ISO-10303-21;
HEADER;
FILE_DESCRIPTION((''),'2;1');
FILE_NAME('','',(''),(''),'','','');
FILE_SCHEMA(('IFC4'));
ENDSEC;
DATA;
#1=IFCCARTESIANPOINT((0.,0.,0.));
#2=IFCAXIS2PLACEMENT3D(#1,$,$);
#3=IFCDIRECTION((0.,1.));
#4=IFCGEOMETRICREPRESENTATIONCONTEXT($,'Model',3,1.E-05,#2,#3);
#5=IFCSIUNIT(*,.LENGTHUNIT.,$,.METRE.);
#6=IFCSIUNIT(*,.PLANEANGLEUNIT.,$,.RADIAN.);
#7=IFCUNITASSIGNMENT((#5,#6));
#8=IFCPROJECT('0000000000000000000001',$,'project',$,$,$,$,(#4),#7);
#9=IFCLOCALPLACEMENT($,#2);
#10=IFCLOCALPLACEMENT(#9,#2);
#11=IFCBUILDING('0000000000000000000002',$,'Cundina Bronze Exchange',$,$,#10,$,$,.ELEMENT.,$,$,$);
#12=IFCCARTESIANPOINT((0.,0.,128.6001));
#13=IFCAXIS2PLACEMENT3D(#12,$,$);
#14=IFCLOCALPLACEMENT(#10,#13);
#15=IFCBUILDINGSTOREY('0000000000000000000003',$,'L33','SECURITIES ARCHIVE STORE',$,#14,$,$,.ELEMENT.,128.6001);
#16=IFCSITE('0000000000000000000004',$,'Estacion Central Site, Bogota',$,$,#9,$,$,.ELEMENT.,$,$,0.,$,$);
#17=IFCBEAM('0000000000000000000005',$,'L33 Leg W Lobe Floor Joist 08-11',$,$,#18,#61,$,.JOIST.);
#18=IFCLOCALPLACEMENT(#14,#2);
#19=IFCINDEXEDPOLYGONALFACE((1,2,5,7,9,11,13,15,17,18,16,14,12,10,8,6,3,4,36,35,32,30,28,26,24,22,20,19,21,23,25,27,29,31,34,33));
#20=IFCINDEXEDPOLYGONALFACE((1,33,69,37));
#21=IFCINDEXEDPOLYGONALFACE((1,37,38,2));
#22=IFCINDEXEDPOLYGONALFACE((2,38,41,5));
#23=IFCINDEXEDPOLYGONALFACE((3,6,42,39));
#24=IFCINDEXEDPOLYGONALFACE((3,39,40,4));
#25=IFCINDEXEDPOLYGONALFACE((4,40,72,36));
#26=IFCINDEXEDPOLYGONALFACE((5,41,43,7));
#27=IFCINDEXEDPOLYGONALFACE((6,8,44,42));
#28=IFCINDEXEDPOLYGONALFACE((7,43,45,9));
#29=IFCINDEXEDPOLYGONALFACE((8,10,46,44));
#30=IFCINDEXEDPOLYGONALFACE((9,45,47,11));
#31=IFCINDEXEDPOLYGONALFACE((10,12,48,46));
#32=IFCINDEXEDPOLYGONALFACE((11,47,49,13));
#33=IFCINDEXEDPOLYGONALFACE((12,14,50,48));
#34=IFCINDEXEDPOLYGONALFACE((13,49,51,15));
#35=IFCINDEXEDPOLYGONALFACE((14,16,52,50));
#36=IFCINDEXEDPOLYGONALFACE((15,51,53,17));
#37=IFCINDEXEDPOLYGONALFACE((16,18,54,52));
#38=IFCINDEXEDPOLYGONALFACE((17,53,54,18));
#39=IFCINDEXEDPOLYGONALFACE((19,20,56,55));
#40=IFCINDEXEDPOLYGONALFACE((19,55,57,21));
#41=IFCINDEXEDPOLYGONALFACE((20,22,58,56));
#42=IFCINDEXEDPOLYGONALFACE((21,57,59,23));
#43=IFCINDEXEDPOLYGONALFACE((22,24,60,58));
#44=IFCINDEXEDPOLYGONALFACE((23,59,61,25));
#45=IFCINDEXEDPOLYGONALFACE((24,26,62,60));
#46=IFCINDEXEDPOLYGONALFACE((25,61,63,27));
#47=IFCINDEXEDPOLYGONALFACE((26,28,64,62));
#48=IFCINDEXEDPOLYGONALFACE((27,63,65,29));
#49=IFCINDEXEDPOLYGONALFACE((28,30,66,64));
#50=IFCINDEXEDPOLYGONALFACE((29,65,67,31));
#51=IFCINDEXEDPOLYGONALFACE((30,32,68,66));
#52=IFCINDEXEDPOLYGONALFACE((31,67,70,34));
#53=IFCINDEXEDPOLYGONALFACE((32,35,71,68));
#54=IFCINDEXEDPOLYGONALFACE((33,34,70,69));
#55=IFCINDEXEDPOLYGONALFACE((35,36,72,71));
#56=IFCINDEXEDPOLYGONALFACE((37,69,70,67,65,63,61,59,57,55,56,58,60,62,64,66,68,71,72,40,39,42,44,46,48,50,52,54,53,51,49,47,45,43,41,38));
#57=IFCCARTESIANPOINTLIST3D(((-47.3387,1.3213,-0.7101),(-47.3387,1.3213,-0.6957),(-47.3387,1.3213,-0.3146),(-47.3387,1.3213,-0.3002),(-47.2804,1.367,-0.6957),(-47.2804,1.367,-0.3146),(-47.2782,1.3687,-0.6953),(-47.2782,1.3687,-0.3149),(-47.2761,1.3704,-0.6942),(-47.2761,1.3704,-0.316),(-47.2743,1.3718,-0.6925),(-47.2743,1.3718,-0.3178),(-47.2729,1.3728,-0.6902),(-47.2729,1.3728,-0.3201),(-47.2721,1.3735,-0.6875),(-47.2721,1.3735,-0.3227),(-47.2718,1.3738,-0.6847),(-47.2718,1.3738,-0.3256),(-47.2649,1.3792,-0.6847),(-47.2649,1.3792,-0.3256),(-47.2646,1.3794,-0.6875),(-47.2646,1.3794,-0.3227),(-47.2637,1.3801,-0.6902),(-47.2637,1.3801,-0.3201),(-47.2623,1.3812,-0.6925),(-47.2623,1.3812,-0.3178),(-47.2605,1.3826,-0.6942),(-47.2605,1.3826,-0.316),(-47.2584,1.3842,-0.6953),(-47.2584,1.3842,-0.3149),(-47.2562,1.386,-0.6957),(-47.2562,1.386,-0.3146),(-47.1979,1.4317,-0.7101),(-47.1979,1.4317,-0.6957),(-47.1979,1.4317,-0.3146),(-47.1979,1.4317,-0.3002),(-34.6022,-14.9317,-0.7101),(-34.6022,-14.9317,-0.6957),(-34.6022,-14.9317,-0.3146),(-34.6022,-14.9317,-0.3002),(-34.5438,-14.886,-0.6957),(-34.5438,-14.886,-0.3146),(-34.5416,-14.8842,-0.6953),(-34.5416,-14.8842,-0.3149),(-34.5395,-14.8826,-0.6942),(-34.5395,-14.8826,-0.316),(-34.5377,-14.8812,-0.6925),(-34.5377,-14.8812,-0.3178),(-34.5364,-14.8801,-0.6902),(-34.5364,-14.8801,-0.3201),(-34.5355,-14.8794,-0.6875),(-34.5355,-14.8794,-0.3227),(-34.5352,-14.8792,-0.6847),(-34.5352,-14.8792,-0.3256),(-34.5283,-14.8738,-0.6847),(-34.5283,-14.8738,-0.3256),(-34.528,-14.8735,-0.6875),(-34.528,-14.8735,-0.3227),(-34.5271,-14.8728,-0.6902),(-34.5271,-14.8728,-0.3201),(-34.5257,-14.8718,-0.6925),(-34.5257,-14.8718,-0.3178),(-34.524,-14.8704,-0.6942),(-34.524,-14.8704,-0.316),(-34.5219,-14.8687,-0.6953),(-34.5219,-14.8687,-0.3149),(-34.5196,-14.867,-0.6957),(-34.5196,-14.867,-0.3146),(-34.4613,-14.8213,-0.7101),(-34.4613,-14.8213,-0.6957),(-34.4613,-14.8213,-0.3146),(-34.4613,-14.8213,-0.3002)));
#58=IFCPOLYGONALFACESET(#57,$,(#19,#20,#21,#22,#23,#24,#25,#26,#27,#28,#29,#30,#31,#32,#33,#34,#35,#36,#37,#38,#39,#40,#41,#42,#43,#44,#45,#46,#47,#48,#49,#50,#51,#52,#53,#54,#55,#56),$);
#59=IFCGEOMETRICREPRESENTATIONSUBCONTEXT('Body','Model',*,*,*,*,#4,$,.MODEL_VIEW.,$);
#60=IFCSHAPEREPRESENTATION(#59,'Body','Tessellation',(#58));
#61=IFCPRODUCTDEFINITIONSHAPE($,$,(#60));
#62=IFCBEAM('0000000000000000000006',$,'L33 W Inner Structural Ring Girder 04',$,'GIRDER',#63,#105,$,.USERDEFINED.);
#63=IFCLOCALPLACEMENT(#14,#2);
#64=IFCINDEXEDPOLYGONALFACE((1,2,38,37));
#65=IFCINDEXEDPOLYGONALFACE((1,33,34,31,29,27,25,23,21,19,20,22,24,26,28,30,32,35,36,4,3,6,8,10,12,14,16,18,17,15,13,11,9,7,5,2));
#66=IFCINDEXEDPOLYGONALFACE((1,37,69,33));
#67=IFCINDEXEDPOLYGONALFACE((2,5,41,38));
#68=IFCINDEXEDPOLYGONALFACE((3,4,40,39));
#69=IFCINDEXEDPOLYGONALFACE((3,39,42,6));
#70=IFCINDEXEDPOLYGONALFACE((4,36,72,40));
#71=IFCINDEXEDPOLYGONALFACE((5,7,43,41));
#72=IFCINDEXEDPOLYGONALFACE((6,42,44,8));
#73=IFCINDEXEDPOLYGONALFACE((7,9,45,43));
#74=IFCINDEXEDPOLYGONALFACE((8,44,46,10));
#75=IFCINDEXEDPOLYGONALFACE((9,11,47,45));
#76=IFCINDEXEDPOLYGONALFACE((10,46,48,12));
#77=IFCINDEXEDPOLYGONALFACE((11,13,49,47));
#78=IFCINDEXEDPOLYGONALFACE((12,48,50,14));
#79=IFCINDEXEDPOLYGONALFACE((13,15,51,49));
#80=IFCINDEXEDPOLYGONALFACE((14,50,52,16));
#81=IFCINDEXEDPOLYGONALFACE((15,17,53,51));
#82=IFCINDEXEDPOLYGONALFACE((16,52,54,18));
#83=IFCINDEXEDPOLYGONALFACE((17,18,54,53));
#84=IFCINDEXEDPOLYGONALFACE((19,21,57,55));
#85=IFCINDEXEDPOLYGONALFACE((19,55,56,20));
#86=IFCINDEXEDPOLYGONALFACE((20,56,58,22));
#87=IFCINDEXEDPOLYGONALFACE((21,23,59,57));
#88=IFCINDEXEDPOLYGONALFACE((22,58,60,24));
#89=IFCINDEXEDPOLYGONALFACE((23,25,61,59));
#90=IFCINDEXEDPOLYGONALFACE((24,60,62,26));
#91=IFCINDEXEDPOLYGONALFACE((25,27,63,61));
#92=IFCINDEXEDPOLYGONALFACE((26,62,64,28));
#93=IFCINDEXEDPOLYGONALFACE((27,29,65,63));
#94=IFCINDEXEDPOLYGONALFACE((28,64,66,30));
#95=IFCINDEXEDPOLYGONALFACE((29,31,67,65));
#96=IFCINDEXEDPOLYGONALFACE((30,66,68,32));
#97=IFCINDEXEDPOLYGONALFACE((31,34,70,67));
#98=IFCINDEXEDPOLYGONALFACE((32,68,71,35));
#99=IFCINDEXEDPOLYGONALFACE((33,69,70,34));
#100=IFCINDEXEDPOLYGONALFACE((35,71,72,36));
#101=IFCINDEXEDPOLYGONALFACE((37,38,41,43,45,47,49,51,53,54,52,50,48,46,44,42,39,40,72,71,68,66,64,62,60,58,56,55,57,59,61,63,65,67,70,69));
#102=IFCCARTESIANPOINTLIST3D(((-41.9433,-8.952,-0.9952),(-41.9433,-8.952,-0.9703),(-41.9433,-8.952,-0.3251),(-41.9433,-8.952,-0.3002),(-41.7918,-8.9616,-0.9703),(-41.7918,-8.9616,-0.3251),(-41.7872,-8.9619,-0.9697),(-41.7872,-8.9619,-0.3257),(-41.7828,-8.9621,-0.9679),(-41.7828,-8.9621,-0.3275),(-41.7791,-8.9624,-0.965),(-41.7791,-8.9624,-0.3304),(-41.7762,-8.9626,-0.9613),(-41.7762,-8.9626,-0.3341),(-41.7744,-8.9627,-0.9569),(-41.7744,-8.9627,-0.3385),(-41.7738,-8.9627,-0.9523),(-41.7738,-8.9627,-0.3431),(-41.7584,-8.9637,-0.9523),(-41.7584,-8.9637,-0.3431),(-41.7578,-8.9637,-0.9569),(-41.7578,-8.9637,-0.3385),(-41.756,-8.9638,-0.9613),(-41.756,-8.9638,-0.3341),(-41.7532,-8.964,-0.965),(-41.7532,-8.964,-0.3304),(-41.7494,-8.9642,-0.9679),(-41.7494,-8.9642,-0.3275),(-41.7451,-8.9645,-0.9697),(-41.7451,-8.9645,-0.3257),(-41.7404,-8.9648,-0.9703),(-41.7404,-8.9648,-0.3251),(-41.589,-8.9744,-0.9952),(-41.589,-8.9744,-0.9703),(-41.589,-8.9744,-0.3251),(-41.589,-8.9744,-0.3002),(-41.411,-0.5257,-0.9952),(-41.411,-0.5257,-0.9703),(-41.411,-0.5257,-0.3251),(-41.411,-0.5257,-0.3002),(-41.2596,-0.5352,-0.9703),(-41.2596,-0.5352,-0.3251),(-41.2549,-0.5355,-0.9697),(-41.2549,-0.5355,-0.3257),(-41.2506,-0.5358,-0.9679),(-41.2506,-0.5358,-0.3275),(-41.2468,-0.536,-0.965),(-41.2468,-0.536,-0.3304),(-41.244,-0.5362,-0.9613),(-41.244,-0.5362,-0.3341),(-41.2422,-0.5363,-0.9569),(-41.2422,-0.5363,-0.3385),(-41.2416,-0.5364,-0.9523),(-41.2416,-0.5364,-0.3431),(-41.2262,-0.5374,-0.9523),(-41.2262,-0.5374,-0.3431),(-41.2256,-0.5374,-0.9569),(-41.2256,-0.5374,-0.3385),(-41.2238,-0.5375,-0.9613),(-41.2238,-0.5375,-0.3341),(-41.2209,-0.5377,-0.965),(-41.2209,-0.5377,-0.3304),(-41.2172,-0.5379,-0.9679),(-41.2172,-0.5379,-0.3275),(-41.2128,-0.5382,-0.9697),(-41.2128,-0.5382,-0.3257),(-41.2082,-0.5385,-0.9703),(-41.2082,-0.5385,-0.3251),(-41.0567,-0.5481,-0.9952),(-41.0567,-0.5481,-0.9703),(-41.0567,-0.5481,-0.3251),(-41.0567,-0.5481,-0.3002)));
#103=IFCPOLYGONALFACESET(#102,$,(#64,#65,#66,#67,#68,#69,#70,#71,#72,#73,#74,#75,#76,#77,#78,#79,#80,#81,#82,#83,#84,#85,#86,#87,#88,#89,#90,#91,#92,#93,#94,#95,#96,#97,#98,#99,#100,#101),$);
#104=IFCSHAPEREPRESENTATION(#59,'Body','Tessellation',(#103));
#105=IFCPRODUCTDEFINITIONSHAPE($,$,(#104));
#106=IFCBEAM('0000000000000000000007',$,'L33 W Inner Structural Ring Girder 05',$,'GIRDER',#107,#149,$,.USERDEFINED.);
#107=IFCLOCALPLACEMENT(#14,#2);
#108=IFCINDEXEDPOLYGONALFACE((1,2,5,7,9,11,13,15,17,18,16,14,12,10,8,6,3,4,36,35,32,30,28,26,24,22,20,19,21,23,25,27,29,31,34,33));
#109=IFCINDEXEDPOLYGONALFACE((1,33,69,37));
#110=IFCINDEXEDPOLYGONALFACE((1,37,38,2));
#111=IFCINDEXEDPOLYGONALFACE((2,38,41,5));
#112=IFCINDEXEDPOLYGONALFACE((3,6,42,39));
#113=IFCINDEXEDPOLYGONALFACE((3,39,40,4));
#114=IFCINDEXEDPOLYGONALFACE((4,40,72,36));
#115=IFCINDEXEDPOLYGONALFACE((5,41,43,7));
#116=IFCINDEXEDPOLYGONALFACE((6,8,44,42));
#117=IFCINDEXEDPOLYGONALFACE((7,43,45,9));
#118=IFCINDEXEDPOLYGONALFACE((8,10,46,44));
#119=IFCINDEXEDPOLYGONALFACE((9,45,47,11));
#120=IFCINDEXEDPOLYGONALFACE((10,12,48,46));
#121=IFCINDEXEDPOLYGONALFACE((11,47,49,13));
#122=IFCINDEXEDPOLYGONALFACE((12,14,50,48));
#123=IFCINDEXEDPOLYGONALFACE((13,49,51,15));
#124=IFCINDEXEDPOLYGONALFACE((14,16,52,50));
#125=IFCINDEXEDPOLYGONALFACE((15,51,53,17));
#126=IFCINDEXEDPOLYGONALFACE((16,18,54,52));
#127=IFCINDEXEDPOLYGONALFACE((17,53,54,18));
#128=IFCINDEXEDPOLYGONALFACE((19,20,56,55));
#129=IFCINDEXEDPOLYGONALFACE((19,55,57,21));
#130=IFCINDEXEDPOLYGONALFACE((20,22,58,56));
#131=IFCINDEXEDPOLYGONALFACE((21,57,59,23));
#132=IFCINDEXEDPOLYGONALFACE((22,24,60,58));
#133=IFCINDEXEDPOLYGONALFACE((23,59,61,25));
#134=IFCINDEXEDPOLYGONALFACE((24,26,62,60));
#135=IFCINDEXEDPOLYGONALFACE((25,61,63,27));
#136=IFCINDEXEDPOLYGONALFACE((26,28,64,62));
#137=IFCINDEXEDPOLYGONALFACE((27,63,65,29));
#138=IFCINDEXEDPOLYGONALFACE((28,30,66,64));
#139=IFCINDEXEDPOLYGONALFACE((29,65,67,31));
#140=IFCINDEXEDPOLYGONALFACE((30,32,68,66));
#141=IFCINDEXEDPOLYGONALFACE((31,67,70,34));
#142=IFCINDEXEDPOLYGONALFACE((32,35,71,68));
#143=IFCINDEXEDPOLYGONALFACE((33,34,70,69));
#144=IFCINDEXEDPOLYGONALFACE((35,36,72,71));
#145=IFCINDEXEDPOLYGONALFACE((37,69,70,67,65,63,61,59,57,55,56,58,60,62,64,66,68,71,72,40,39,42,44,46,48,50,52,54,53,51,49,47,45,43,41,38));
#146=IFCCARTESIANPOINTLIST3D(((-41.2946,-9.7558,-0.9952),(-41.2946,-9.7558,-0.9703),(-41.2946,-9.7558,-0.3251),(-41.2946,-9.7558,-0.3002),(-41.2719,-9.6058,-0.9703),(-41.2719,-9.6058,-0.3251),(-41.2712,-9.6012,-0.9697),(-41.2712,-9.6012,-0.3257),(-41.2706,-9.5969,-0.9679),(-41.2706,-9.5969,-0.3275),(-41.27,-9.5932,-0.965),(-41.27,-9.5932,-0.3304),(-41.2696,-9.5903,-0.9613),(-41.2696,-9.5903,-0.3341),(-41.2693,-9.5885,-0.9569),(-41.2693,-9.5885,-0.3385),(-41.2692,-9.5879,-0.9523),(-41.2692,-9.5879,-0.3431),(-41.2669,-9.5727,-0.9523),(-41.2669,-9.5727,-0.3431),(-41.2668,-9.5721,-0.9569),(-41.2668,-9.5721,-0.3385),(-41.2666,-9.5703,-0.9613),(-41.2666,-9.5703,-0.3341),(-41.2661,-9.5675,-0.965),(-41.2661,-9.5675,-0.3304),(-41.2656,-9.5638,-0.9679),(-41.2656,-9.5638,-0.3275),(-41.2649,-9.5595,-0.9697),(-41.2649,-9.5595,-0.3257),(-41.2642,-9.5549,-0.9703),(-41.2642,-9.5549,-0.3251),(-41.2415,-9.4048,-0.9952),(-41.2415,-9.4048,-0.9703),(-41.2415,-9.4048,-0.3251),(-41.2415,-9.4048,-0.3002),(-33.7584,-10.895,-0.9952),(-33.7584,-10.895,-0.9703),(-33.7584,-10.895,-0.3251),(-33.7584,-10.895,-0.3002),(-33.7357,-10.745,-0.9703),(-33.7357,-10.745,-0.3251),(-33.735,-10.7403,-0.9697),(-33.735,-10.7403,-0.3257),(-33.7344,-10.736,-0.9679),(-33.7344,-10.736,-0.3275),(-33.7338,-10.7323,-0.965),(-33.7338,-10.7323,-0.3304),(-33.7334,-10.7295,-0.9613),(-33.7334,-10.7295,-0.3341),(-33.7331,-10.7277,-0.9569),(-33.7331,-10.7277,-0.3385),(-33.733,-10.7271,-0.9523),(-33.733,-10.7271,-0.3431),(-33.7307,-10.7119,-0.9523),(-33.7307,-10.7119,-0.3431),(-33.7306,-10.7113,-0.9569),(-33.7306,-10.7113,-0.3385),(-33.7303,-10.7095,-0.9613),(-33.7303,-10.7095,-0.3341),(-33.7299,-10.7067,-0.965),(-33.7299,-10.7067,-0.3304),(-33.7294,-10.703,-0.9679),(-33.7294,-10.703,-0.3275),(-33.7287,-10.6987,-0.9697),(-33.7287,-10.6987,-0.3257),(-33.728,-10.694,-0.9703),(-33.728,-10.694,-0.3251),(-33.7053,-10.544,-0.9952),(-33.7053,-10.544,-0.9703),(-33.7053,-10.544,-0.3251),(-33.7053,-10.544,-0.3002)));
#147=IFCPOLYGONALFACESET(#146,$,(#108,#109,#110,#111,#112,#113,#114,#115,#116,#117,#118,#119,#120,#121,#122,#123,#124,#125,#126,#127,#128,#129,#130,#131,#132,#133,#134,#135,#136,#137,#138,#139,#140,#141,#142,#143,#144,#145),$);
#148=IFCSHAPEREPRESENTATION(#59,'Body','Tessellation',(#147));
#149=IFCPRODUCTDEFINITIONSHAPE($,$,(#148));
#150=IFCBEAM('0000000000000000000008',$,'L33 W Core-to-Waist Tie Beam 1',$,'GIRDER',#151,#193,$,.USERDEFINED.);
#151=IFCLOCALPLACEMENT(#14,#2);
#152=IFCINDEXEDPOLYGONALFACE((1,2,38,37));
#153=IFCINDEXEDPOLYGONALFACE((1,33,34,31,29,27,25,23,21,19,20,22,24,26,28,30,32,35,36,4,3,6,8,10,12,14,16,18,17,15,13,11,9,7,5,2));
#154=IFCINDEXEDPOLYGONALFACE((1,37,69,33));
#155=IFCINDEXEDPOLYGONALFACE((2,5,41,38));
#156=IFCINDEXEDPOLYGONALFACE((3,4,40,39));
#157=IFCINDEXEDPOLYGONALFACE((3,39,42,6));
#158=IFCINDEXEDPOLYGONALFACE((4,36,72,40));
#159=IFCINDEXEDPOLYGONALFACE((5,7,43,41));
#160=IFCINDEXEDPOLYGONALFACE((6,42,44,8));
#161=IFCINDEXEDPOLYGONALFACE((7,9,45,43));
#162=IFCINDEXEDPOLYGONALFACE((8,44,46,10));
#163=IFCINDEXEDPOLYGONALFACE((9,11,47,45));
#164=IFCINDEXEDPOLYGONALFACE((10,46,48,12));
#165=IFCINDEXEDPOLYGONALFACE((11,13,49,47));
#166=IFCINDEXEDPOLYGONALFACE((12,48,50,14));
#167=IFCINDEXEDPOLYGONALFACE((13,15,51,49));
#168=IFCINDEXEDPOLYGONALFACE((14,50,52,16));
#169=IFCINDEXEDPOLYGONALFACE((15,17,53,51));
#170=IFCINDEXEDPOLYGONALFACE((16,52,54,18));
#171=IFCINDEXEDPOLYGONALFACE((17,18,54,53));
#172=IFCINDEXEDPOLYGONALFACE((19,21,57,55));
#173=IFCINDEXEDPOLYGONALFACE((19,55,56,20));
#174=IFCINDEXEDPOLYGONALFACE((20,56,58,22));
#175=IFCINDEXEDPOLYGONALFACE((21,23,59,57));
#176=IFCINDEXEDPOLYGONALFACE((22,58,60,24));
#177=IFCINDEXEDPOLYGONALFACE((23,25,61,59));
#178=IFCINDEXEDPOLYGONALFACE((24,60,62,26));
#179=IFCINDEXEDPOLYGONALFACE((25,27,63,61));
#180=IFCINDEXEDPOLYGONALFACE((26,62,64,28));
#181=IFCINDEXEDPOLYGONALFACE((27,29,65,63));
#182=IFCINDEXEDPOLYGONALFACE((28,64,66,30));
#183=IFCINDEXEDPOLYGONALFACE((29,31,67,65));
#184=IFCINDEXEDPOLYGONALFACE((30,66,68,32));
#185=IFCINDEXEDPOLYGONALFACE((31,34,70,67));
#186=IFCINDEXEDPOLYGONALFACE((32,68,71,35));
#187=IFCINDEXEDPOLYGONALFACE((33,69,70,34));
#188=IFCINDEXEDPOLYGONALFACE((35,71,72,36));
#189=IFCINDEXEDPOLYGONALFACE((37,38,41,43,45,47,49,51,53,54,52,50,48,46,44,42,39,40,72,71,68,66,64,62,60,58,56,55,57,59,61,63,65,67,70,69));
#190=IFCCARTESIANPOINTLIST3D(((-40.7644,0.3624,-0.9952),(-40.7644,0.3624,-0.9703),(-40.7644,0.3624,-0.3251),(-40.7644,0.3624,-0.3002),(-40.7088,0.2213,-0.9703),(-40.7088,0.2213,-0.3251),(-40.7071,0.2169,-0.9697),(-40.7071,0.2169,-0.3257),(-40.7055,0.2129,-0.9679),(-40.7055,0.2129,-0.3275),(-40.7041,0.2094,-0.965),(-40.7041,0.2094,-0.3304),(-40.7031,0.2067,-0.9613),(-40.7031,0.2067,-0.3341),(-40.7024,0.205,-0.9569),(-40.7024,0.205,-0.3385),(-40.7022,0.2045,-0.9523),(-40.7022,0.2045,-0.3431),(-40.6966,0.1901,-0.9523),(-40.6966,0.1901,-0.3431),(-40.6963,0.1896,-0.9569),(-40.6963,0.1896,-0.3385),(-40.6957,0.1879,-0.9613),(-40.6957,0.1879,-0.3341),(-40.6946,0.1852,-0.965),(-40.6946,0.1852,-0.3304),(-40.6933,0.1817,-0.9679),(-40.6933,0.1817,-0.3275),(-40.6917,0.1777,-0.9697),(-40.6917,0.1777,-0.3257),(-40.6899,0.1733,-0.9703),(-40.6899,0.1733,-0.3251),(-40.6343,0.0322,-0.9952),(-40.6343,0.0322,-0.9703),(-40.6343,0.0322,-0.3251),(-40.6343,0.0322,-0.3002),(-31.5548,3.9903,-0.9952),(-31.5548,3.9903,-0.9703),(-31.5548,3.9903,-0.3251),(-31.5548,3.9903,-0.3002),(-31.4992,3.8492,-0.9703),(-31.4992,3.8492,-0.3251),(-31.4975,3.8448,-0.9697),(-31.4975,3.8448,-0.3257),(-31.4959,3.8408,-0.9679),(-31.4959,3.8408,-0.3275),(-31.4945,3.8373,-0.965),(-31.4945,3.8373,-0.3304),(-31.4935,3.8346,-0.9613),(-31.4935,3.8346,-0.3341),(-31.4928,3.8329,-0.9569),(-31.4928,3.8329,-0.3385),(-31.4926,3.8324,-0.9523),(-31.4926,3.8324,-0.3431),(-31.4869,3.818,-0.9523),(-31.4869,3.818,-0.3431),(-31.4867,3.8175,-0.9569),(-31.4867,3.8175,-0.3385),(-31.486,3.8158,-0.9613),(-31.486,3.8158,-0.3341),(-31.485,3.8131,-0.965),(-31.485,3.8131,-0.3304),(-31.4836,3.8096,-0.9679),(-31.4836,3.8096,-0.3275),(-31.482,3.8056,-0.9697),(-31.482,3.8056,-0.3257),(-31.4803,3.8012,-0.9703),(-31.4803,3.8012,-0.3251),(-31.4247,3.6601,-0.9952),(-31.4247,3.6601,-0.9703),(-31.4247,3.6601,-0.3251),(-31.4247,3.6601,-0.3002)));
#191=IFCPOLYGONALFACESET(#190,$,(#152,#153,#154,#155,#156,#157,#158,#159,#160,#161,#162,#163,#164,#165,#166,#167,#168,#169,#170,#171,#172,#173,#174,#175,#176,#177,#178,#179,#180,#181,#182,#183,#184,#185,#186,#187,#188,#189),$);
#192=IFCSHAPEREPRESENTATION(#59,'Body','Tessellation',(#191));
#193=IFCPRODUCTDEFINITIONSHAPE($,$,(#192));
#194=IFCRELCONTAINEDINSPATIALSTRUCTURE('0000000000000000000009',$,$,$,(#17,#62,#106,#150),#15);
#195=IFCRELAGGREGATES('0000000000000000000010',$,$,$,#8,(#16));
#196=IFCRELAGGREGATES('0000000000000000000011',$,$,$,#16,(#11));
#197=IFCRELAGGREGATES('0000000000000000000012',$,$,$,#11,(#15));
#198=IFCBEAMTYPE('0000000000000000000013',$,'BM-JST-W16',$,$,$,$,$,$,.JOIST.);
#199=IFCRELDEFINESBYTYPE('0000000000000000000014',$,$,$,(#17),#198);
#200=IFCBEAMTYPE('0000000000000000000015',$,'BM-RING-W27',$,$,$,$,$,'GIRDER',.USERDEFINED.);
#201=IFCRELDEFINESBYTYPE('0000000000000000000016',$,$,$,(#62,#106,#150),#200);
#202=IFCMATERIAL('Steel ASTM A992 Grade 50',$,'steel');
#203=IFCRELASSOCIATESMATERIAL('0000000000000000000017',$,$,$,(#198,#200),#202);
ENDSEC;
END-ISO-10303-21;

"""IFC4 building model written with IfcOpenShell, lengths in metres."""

from ifc_helpers import new_model, si_unit, direction, frame, origin, origin_2d, place, context, subcontext, project, spatial, i_section, extrude, material, material_profile, profile_set, type_object, element, save


model = new_model("IFC4")

# Units and contexts
model_context = context("Model", 3, precision=1e-05, world=origin(), true_north=direction((0.0, 1.0)))
body_context = subcontext(model_context, "Body", "Model", "MODEL_VIEW")
ifc_project = project(units=[si_unit("LENGTHUNIT", "METRE"), si_unit("PLANEANGLEUNIT", "RADIAN")], contexts=[model_context])

# Site, building, storey
site_placement = place(None, origin())
site = spatial("IfcSite", under=ifc_project, at=site_placement, Name="Estacion Central Site, Bogota", CompositionType="ELEMENT", RefElevation=0.0)
building_placement = place(site_placement, origin())
building = spatial("IfcBuilding", under=site, at=building_placement, Name="Cundina Bronze Exchange", CompositionType="ELEMENT")
storey_placement = place(building_placement, frame((0.0, 0.0, 128.6001)))
storey = spatial("IfcBuildingStorey", under=building, at=storey_placement, Name="L33", Description="SECURITIES ARCHIVE STORE", CompositionType="ELEMENT", Elevation=128.6001)

# Shared definitions
ifc_material_1 = material(Name="Steel ASTM A992 Grade 50", Category="steel")

# Beams
ifc_material_profile_1 = material_profile(ifc_material_1, i_section(OverallWidth=0.179, OverallDepth=0.4099, WebThickness=0.0088, FlangeThickness=0.0144, FilletRadius=0.011, at=origin_2d()), Name="W16X45", Category="steel")
ifc_profile_set_1 = profile_set([ifc_material_profile_1], Name="Steel ASTM A992 Grade 50")
beam_type_1 = type_object("IfcBeamType", Name="BM-JST-W16", PredefinedType="JOIST", material=ifc_profile_set_1)
beam_1_placement = place(storey_placement, frame((-47.2683, 1.3765, -0.5051), z_axis=(0.616815, -0.787108, 0.0), x_axis=(0.787108, 0.616815, 0.0)))
element("IfcBeam", 1, at=beam_1_placement, inside=storey, type_object=beam_type_1, Name="L33 Leg W Lobe Floor Joist 08-11", PredefinedType="JOIST", context=body_context, shape_type="SweptSolid", body=[
    extrude(i_section(OverallWidth=0.179, OverallDepth=0.4099, WebThickness=0.0088, FlangeThickness=0.0144, FilletRadius=0.011, at=origin_2d()), origin(), (0.0, 0.0, 1.0), 20.6489),
])
ifc_material_profile_2 = material_profile(ifc_material_1, i_section(OverallWidth=0.355, OverallDepth=0.6951, WebThickness=0.0154, FlangeThickness=0.0249, FilletRadius=0.0181, at=origin_2d()), Name="W27X146", Category="steel")
ifc_profile_set_2 = profile_set([ifc_material_profile_2], Name="Steel ASTM A992 Grade 50")
beam_type_2 = type_object("IfcBeamType", Name="BM-RING-W27", ElementType="GIRDER", PredefinedType="USERDEFINED", material=ifc_profile_set_2)
beam_2_placement = place(storey_placement, frame((-41.2339, -0.5369, -0.6477), z_axis=(-0.063037, -0.998011, 0.0), x_axis=(0.998011, -0.063037, 0.0)))
element("IfcBeam", 2, at=beam_2_placement, inside=storey, type_object=beam_type_2, Name="L33 W Inner Structural Ring Girder 04", ObjectType="GIRDER", PredefinedType="USERDEFINED", context=body_context, shape_type="SweptSolid", body=[
    extrude(i_section(OverallWidth=0.355, OverallDepth=0.6951, WebThickness=0.0154, FlangeThickness=0.0249, FilletRadius=0.0181, at=origin_2d()), origin(), (0.0, 0.0, 1.0), 8.4431),
])
beam_3_placement = place(storey_placement, frame((-41.2681, -9.5803, -0.6477), z_axis=(0.988767, -0.149462, 0.0), x_axis=(0.149462, 0.988767, 0.0)))
element("IfcBeam", 3, at=beam_3_placement, inside=storey, type_object=beam_type_2, Name="L33 W Inner Structural Ring Girder 05", ObjectType="GIRDER", PredefinedType="USERDEFINED", context=body_context, shape_type="SweptSolid", body=[
    extrude(i_section(OverallWidth=0.355, OverallDepth=0.6951, WebThickness=0.0154, FlangeThickness=0.0249, FilletRadius=0.0181, at=origin_2d()), origin(), (0.0, 0.0, 1.0), 7.6218),
])
beam_4_placement = place(storey_placement, frame((-31.4897, 3.8252, -0.6477), z_axis=(-0.930413, -0.366512, 0.0), x_axis=(0.366512, -0.930413, 0.0)))
element("IfcBeam", 4, at=beam_4_placement, inside=storey, type_object=beam_type_2, Name="L33 W Core-to-Waist Tie Beam 1", ObjectType="GIRDER", PredefinedType="USERDEFINED", context=body_context, shape_type="SweptSolid", body=[
    extrude(i_section(OverallWidth=0.355, OverallDepth=0.6951, WebThickness=0.0154, FlangeThickness=0.0249, FilletRadius=0.0181, at=origin_2d()), origin(), (0.0, 0.0, 1.0), 9.8984),
])

save(model, "model.ifc")
